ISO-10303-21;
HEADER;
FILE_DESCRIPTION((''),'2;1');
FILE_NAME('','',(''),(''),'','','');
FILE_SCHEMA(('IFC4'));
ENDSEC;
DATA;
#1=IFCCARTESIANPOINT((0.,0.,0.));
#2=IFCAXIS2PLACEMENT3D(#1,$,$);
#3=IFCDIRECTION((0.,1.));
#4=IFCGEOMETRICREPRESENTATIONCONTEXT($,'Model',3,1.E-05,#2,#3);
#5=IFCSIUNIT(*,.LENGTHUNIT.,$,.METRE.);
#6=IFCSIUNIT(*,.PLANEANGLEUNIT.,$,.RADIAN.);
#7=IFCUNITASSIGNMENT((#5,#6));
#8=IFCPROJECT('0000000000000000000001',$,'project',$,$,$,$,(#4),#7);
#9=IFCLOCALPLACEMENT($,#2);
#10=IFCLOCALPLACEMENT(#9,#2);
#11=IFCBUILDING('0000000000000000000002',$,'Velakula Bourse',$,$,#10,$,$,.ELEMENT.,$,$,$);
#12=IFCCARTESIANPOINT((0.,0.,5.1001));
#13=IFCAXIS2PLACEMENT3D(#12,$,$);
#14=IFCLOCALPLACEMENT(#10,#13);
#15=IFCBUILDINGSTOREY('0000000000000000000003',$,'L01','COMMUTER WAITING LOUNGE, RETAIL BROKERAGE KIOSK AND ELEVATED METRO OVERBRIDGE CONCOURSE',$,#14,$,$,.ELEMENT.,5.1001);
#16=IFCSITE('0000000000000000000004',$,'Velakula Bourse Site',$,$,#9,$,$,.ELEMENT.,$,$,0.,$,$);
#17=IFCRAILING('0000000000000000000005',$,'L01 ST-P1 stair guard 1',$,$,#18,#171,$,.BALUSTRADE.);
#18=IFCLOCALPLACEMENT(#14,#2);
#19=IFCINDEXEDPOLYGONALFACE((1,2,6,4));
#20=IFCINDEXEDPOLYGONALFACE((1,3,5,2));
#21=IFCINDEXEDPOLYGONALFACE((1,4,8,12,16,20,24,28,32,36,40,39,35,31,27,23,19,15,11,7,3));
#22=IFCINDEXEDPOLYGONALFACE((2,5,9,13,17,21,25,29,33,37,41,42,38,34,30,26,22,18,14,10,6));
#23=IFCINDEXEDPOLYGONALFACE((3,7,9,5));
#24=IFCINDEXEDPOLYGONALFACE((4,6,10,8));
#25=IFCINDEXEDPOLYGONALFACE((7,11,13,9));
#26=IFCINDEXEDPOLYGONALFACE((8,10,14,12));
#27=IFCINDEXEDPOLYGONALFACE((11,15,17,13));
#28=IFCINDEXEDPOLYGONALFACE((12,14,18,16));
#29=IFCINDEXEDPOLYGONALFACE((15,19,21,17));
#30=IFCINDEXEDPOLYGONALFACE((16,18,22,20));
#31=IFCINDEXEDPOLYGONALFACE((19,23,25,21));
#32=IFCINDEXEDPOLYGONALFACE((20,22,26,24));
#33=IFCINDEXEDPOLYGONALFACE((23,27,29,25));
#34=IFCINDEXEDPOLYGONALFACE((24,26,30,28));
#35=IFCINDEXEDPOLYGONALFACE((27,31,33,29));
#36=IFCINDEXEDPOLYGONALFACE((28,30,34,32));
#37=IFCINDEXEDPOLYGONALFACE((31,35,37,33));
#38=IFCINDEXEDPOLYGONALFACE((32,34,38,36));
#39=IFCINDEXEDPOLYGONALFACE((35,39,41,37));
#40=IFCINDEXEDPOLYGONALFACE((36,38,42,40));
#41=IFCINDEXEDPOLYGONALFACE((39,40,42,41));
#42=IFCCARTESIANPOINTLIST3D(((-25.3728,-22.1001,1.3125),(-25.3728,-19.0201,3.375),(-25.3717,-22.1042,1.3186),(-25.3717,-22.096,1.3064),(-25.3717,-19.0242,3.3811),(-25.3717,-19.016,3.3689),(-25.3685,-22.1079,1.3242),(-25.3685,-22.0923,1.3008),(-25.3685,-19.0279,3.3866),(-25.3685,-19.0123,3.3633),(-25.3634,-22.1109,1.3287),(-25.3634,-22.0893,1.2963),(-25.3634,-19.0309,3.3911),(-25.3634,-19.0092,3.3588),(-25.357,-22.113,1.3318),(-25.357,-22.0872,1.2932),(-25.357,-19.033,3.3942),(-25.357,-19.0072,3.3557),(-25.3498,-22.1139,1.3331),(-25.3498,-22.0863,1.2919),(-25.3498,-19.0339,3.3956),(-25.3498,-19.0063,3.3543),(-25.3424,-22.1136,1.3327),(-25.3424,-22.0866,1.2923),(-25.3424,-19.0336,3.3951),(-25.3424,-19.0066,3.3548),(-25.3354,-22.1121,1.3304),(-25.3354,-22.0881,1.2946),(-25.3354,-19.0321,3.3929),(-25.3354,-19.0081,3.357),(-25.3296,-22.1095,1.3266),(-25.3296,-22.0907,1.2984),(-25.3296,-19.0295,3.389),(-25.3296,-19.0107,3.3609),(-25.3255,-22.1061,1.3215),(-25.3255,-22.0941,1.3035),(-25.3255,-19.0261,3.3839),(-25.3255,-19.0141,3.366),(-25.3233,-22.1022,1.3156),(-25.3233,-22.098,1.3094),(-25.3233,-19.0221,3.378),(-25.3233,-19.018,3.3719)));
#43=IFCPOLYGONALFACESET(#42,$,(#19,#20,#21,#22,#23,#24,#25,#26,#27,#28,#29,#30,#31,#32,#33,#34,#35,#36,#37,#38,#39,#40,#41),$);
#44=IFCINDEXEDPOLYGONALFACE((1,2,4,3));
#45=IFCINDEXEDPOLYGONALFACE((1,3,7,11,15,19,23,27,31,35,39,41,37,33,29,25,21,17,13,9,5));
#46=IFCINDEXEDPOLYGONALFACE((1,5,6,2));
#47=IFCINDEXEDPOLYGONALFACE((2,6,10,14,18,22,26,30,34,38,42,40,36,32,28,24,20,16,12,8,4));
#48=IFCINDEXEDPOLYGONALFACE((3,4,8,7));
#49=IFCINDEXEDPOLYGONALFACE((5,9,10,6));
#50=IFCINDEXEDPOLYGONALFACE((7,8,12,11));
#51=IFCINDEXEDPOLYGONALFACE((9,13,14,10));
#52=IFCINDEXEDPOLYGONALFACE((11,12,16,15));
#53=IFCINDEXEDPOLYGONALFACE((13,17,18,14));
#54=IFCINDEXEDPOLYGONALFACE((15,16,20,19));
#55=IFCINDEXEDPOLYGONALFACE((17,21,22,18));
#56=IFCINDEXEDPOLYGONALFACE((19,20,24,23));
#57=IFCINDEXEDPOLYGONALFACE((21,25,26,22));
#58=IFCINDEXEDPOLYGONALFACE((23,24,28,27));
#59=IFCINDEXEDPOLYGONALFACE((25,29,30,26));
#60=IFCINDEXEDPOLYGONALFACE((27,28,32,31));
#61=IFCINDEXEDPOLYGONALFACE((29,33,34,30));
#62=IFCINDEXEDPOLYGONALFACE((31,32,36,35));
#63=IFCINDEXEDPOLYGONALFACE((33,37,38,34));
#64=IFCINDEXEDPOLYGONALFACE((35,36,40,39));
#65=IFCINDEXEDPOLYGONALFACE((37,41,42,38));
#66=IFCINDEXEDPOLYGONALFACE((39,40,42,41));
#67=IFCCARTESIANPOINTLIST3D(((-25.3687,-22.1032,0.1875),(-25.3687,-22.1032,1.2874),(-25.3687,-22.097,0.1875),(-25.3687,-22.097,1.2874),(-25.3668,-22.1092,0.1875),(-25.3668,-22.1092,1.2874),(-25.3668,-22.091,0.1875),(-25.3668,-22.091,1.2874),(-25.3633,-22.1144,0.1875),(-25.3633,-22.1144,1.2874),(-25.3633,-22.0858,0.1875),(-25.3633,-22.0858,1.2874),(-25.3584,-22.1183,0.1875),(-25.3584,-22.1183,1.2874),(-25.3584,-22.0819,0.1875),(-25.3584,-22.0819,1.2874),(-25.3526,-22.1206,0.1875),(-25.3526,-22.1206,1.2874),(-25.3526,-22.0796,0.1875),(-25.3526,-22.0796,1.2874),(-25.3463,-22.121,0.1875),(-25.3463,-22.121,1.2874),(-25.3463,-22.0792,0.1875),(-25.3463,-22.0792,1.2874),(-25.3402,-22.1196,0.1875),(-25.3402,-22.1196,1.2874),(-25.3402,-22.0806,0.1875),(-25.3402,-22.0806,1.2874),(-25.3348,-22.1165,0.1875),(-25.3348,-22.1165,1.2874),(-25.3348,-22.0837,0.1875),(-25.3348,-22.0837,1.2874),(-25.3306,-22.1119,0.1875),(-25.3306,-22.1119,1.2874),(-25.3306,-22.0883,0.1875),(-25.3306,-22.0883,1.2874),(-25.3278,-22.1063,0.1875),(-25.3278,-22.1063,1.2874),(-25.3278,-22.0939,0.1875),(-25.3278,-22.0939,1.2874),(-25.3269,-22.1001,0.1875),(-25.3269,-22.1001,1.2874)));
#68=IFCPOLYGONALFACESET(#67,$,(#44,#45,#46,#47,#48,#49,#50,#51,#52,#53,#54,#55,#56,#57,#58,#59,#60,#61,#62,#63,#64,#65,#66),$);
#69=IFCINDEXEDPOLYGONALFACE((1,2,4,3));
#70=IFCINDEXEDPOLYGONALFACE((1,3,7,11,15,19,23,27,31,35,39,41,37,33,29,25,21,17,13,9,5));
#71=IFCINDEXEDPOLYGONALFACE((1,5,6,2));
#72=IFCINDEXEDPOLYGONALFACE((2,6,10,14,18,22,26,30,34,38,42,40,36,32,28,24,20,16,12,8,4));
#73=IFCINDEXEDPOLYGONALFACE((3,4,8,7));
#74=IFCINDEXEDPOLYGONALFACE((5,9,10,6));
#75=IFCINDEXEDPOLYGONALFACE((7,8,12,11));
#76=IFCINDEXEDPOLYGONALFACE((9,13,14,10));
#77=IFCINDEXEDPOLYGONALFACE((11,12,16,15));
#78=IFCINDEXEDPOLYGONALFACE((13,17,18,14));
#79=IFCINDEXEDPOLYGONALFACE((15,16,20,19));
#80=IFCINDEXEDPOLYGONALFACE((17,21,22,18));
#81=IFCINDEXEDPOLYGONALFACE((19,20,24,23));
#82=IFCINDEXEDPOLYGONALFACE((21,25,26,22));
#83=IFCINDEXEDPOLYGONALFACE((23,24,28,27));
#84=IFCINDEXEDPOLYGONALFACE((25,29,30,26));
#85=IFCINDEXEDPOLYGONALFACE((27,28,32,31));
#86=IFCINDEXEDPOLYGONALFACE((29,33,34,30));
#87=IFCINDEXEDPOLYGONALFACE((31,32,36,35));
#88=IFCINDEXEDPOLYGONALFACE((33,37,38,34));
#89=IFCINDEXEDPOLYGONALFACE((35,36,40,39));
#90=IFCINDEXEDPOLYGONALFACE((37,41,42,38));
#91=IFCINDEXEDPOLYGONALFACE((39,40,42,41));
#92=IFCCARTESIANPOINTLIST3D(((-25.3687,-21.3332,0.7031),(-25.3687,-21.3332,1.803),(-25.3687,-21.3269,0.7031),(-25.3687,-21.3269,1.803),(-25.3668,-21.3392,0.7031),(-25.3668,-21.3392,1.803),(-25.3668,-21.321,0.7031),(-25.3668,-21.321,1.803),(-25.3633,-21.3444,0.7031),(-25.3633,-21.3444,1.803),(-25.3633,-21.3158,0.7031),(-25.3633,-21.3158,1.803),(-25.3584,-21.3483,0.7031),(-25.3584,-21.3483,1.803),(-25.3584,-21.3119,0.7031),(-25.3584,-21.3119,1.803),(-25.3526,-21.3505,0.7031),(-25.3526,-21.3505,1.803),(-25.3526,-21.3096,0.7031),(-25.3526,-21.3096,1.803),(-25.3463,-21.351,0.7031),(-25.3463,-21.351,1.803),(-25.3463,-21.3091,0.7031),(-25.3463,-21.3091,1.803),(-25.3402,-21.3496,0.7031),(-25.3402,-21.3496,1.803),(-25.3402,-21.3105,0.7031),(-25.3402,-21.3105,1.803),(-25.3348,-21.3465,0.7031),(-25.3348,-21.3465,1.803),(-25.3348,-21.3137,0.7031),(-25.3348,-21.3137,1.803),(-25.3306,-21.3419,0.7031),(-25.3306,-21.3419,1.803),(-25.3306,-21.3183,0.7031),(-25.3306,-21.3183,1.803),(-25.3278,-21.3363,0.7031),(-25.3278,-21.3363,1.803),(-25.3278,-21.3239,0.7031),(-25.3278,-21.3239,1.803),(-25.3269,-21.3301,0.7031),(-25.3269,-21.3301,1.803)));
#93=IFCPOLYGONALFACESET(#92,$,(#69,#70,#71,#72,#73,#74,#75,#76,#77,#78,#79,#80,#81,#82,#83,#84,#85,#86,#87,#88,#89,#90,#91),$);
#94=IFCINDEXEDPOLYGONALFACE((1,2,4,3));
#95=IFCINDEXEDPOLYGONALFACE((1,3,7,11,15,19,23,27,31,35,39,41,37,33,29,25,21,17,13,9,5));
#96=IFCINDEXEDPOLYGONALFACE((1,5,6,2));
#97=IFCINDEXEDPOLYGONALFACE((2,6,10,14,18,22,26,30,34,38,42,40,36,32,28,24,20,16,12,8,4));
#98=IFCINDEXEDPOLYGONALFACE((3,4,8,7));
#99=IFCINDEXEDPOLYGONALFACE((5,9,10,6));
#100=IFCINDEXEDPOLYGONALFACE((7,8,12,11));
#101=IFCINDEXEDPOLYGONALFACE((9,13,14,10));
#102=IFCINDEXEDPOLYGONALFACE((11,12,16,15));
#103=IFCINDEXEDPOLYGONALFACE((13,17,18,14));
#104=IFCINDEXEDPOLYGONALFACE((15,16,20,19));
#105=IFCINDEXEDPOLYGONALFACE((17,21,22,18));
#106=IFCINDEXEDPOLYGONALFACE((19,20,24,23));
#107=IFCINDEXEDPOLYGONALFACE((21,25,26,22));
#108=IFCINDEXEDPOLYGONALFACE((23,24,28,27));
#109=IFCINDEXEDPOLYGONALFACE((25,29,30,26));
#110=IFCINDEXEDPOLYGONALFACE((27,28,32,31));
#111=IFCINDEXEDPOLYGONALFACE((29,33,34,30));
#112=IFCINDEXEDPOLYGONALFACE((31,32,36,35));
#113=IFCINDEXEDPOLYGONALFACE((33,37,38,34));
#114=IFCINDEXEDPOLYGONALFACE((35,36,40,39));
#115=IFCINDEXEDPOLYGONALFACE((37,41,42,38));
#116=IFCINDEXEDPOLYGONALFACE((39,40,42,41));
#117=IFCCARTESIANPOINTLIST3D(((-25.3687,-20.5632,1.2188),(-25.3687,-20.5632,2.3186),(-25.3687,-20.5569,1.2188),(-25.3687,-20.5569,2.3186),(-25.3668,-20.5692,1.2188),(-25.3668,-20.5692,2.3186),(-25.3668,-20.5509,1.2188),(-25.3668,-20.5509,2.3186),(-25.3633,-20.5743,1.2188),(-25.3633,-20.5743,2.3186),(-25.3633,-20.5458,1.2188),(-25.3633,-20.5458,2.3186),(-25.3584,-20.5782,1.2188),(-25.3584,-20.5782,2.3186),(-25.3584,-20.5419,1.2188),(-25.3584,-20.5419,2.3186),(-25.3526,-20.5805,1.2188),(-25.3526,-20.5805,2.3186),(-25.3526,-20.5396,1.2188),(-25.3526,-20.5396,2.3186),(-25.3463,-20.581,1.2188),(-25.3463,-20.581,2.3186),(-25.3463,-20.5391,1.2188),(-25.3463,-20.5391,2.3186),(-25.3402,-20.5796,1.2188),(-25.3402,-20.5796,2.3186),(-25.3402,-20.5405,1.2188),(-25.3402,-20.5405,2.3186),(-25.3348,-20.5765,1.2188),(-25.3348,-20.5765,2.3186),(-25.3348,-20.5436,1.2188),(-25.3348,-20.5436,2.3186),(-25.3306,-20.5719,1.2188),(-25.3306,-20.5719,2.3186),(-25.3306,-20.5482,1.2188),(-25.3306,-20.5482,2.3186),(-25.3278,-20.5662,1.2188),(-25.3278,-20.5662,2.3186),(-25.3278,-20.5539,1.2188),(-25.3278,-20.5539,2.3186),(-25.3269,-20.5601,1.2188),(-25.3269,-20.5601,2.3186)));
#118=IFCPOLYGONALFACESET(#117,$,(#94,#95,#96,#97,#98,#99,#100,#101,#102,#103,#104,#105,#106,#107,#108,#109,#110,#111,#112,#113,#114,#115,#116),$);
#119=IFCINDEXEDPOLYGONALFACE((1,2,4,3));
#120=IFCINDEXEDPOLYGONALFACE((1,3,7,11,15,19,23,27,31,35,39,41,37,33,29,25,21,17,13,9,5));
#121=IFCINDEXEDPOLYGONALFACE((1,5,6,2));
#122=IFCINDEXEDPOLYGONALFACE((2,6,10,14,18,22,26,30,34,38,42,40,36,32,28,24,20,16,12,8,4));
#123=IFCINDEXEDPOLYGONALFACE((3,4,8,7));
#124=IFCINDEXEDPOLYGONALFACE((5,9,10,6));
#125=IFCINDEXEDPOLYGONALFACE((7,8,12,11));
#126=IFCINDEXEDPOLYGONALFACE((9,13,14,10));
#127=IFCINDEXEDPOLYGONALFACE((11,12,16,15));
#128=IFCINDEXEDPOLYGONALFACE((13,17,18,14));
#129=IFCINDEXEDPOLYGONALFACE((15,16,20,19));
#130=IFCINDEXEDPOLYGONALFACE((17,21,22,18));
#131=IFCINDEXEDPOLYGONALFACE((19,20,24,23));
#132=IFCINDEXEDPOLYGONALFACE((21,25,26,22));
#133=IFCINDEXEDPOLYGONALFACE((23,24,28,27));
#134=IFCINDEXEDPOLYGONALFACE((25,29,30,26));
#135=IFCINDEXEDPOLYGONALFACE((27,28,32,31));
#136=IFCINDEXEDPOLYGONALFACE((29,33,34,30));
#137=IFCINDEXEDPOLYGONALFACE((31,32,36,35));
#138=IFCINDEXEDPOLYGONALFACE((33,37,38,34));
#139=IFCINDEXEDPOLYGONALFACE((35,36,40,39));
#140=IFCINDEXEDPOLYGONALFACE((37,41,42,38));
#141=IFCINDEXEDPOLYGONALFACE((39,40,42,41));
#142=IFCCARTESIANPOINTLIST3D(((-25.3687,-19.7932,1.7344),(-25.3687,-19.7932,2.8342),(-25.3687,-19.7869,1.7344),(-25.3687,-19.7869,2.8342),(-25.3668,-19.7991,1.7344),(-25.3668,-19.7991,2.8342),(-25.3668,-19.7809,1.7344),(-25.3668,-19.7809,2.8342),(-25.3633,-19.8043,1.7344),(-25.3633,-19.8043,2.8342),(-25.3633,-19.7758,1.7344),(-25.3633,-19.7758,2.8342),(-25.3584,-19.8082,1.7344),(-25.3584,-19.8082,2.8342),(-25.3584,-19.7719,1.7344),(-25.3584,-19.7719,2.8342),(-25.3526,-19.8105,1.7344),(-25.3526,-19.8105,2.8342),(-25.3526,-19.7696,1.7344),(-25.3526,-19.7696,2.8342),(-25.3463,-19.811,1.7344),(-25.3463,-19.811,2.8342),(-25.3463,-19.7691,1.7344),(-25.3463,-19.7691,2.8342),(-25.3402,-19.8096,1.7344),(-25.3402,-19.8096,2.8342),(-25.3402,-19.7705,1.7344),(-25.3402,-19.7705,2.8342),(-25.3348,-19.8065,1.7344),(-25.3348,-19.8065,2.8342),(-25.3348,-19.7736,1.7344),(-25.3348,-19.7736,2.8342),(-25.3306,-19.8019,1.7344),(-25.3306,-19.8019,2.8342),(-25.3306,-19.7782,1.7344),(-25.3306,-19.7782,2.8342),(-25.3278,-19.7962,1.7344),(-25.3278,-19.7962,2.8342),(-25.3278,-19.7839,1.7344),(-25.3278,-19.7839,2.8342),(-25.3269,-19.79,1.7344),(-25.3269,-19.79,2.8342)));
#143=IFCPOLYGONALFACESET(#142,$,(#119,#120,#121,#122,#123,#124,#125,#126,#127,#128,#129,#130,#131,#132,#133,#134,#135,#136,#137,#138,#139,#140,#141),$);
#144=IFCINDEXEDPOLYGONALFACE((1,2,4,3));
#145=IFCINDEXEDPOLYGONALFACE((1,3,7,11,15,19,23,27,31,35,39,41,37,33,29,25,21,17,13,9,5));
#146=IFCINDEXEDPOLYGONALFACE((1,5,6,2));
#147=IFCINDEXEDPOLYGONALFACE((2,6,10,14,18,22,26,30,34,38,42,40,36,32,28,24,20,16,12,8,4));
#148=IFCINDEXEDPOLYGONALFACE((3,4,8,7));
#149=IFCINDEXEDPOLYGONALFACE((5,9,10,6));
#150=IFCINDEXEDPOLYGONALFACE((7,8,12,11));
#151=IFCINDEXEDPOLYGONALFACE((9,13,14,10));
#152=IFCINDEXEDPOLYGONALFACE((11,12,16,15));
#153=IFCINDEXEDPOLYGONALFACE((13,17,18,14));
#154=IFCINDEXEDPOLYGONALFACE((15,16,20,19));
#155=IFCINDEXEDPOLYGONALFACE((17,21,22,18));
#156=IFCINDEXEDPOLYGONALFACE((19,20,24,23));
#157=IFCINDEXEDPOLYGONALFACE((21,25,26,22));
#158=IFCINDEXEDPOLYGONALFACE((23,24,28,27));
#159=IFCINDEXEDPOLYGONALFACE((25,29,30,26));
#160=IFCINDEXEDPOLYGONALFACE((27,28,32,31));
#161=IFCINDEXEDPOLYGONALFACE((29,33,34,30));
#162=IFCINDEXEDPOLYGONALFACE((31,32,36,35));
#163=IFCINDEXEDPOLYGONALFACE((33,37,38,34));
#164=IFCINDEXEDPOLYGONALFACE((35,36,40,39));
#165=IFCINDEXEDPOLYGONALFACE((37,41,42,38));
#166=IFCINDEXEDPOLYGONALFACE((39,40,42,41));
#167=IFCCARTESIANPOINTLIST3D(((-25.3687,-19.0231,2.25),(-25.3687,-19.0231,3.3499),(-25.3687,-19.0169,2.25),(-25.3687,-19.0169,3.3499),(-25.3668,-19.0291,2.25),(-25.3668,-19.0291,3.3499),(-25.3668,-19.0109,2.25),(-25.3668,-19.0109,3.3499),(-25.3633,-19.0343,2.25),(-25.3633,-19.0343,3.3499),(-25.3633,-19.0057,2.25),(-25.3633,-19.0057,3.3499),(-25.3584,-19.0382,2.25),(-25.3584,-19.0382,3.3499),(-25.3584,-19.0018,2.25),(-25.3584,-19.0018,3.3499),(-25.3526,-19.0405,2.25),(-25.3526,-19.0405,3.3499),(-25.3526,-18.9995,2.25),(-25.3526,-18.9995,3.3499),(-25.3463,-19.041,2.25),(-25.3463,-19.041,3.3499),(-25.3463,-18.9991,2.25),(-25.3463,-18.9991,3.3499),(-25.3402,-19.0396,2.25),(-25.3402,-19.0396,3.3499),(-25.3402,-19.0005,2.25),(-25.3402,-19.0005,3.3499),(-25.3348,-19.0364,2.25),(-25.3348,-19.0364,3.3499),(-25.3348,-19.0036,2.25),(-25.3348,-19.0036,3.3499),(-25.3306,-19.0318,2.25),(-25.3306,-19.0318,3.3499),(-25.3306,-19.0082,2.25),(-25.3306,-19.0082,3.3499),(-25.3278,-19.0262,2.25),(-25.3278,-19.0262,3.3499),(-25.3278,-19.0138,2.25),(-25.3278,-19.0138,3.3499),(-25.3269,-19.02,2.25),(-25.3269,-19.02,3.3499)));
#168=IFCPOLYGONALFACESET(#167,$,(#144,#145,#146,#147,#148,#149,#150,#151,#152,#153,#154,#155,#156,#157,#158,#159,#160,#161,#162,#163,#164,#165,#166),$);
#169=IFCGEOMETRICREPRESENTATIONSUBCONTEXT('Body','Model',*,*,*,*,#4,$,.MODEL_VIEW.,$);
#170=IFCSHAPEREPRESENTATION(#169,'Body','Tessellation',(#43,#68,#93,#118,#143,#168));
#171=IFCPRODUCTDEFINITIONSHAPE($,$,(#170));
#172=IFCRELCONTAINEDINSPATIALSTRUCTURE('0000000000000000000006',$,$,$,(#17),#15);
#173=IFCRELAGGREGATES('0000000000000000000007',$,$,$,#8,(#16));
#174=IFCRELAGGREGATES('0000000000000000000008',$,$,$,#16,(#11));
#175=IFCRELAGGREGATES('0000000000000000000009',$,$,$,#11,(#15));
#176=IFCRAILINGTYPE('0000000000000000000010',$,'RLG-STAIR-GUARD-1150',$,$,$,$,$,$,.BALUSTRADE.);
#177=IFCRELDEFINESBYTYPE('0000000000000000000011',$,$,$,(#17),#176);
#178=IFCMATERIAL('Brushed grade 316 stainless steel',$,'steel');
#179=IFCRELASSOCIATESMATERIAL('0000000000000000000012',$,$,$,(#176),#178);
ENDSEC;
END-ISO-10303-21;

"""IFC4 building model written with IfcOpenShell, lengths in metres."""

from ifc_helpers import new_model, si_unit, direction, frame, origin, origin_2d, place, context, subcontext, project, spatial, circle, extrude, material, type_object, element, save


model = new_model("IFC4")

# Units and contexts
model_context = context("Model", 3, precision=1e-05, world=origin(), true_north=direction((0.0, 1.0)))
body_context = subcontext(model_context, "Body", "Model", "MODEL_VIEW")
ifc_project = project(units=[si_unit("LENGTHUNIT", "METRE"), si_unit("PLANEANGLEUNIT", "RADIAN")], contexts=[model_context])

# Site, building, storey
site_placement = place(None, origin())
site = spatial("IfcSite", under=ifc_project, at=site_placement, Name="Velakula Bourse Site", CompositionType="ELEMENT", RefElevation=0.0)
building_placement = place(site_placement, origin())
building = spatial("IfcBuilding", under=site, at=building_placement, Name="Velakula Bourse", CompositionType="ELEMENT")
storey_placement = place(building_placement, frame((0.0, 0.0, 5.1001)))
storey = spatial("IfcBuildingStorey", under=building, at=storey_placement, Name="L01", Description="COMMUTER WAITING LOUNGE, RETAIL BROKERAGE KIOSK AND ELEVATED METRO OVERBRIDGE CONCOURSE", CompositionType="ELEMENT", Elevation=5.1001)

# Railing
ifc_material_1 = material(Name="Brushed grade 316 stainless steel", Category="steel")
railing_type_1 = type_object("IfcRailingType", Name="RLG-STAIR-GUARD-1150", PredefinedType="BALUSTRADE", material=ifc_material_1)
railing_1_placement = place(storey_placement, frame((-25.3479, -22.1001, 0.1875)))
element("IfcRailing", 1, at=railing_1_placement, inside=storey, type_object=railing_type_1, Name="L01 ST-P1 stair guard 1", PredefinedType="BALUSTRADE", context=body_context, shape_type="SweptSolid", body=[
    extrude(circle(Radius=0.0249, at=origin_2d()), frame((0.0, 0.0, 1.125), z_axis=(0.0, 0.830914, 0.556401), x_axis=(-1.0, 0.0, 0.0)), (0.0, 0.0, 1.0), 3.7068),
    extrude(circle(Radius=0.021, at=origin_2d()), origin(), (0.0, 0.0, 1.0), 1.0999),
    extrude(circle(Radius=0.021, at=origin_2d()), frame((0.0, 0.77, 0.5156)), (0.0, 0.0, 1.0), 1.0999),
    extrude(circle(Radius=0.021, at=origin_2d()), frame((0.0, 1.54, 1.0312)), (0.0, 0.0, 1.0), 1.0999),
    extrude(circle(Radius=0.021, at=origin_2d()), frame((0.0, 2.3101, 1.5469)), (0.0, 0.0, 1.0), 1.0999),
    extrude(circle(Radius=0.021, at=origin_2d()), frame((0.0, 3.0801, 2.0625)), (0.0, 0.0, 1.0), 1.0999),
])

save(model, "model.ifc")
